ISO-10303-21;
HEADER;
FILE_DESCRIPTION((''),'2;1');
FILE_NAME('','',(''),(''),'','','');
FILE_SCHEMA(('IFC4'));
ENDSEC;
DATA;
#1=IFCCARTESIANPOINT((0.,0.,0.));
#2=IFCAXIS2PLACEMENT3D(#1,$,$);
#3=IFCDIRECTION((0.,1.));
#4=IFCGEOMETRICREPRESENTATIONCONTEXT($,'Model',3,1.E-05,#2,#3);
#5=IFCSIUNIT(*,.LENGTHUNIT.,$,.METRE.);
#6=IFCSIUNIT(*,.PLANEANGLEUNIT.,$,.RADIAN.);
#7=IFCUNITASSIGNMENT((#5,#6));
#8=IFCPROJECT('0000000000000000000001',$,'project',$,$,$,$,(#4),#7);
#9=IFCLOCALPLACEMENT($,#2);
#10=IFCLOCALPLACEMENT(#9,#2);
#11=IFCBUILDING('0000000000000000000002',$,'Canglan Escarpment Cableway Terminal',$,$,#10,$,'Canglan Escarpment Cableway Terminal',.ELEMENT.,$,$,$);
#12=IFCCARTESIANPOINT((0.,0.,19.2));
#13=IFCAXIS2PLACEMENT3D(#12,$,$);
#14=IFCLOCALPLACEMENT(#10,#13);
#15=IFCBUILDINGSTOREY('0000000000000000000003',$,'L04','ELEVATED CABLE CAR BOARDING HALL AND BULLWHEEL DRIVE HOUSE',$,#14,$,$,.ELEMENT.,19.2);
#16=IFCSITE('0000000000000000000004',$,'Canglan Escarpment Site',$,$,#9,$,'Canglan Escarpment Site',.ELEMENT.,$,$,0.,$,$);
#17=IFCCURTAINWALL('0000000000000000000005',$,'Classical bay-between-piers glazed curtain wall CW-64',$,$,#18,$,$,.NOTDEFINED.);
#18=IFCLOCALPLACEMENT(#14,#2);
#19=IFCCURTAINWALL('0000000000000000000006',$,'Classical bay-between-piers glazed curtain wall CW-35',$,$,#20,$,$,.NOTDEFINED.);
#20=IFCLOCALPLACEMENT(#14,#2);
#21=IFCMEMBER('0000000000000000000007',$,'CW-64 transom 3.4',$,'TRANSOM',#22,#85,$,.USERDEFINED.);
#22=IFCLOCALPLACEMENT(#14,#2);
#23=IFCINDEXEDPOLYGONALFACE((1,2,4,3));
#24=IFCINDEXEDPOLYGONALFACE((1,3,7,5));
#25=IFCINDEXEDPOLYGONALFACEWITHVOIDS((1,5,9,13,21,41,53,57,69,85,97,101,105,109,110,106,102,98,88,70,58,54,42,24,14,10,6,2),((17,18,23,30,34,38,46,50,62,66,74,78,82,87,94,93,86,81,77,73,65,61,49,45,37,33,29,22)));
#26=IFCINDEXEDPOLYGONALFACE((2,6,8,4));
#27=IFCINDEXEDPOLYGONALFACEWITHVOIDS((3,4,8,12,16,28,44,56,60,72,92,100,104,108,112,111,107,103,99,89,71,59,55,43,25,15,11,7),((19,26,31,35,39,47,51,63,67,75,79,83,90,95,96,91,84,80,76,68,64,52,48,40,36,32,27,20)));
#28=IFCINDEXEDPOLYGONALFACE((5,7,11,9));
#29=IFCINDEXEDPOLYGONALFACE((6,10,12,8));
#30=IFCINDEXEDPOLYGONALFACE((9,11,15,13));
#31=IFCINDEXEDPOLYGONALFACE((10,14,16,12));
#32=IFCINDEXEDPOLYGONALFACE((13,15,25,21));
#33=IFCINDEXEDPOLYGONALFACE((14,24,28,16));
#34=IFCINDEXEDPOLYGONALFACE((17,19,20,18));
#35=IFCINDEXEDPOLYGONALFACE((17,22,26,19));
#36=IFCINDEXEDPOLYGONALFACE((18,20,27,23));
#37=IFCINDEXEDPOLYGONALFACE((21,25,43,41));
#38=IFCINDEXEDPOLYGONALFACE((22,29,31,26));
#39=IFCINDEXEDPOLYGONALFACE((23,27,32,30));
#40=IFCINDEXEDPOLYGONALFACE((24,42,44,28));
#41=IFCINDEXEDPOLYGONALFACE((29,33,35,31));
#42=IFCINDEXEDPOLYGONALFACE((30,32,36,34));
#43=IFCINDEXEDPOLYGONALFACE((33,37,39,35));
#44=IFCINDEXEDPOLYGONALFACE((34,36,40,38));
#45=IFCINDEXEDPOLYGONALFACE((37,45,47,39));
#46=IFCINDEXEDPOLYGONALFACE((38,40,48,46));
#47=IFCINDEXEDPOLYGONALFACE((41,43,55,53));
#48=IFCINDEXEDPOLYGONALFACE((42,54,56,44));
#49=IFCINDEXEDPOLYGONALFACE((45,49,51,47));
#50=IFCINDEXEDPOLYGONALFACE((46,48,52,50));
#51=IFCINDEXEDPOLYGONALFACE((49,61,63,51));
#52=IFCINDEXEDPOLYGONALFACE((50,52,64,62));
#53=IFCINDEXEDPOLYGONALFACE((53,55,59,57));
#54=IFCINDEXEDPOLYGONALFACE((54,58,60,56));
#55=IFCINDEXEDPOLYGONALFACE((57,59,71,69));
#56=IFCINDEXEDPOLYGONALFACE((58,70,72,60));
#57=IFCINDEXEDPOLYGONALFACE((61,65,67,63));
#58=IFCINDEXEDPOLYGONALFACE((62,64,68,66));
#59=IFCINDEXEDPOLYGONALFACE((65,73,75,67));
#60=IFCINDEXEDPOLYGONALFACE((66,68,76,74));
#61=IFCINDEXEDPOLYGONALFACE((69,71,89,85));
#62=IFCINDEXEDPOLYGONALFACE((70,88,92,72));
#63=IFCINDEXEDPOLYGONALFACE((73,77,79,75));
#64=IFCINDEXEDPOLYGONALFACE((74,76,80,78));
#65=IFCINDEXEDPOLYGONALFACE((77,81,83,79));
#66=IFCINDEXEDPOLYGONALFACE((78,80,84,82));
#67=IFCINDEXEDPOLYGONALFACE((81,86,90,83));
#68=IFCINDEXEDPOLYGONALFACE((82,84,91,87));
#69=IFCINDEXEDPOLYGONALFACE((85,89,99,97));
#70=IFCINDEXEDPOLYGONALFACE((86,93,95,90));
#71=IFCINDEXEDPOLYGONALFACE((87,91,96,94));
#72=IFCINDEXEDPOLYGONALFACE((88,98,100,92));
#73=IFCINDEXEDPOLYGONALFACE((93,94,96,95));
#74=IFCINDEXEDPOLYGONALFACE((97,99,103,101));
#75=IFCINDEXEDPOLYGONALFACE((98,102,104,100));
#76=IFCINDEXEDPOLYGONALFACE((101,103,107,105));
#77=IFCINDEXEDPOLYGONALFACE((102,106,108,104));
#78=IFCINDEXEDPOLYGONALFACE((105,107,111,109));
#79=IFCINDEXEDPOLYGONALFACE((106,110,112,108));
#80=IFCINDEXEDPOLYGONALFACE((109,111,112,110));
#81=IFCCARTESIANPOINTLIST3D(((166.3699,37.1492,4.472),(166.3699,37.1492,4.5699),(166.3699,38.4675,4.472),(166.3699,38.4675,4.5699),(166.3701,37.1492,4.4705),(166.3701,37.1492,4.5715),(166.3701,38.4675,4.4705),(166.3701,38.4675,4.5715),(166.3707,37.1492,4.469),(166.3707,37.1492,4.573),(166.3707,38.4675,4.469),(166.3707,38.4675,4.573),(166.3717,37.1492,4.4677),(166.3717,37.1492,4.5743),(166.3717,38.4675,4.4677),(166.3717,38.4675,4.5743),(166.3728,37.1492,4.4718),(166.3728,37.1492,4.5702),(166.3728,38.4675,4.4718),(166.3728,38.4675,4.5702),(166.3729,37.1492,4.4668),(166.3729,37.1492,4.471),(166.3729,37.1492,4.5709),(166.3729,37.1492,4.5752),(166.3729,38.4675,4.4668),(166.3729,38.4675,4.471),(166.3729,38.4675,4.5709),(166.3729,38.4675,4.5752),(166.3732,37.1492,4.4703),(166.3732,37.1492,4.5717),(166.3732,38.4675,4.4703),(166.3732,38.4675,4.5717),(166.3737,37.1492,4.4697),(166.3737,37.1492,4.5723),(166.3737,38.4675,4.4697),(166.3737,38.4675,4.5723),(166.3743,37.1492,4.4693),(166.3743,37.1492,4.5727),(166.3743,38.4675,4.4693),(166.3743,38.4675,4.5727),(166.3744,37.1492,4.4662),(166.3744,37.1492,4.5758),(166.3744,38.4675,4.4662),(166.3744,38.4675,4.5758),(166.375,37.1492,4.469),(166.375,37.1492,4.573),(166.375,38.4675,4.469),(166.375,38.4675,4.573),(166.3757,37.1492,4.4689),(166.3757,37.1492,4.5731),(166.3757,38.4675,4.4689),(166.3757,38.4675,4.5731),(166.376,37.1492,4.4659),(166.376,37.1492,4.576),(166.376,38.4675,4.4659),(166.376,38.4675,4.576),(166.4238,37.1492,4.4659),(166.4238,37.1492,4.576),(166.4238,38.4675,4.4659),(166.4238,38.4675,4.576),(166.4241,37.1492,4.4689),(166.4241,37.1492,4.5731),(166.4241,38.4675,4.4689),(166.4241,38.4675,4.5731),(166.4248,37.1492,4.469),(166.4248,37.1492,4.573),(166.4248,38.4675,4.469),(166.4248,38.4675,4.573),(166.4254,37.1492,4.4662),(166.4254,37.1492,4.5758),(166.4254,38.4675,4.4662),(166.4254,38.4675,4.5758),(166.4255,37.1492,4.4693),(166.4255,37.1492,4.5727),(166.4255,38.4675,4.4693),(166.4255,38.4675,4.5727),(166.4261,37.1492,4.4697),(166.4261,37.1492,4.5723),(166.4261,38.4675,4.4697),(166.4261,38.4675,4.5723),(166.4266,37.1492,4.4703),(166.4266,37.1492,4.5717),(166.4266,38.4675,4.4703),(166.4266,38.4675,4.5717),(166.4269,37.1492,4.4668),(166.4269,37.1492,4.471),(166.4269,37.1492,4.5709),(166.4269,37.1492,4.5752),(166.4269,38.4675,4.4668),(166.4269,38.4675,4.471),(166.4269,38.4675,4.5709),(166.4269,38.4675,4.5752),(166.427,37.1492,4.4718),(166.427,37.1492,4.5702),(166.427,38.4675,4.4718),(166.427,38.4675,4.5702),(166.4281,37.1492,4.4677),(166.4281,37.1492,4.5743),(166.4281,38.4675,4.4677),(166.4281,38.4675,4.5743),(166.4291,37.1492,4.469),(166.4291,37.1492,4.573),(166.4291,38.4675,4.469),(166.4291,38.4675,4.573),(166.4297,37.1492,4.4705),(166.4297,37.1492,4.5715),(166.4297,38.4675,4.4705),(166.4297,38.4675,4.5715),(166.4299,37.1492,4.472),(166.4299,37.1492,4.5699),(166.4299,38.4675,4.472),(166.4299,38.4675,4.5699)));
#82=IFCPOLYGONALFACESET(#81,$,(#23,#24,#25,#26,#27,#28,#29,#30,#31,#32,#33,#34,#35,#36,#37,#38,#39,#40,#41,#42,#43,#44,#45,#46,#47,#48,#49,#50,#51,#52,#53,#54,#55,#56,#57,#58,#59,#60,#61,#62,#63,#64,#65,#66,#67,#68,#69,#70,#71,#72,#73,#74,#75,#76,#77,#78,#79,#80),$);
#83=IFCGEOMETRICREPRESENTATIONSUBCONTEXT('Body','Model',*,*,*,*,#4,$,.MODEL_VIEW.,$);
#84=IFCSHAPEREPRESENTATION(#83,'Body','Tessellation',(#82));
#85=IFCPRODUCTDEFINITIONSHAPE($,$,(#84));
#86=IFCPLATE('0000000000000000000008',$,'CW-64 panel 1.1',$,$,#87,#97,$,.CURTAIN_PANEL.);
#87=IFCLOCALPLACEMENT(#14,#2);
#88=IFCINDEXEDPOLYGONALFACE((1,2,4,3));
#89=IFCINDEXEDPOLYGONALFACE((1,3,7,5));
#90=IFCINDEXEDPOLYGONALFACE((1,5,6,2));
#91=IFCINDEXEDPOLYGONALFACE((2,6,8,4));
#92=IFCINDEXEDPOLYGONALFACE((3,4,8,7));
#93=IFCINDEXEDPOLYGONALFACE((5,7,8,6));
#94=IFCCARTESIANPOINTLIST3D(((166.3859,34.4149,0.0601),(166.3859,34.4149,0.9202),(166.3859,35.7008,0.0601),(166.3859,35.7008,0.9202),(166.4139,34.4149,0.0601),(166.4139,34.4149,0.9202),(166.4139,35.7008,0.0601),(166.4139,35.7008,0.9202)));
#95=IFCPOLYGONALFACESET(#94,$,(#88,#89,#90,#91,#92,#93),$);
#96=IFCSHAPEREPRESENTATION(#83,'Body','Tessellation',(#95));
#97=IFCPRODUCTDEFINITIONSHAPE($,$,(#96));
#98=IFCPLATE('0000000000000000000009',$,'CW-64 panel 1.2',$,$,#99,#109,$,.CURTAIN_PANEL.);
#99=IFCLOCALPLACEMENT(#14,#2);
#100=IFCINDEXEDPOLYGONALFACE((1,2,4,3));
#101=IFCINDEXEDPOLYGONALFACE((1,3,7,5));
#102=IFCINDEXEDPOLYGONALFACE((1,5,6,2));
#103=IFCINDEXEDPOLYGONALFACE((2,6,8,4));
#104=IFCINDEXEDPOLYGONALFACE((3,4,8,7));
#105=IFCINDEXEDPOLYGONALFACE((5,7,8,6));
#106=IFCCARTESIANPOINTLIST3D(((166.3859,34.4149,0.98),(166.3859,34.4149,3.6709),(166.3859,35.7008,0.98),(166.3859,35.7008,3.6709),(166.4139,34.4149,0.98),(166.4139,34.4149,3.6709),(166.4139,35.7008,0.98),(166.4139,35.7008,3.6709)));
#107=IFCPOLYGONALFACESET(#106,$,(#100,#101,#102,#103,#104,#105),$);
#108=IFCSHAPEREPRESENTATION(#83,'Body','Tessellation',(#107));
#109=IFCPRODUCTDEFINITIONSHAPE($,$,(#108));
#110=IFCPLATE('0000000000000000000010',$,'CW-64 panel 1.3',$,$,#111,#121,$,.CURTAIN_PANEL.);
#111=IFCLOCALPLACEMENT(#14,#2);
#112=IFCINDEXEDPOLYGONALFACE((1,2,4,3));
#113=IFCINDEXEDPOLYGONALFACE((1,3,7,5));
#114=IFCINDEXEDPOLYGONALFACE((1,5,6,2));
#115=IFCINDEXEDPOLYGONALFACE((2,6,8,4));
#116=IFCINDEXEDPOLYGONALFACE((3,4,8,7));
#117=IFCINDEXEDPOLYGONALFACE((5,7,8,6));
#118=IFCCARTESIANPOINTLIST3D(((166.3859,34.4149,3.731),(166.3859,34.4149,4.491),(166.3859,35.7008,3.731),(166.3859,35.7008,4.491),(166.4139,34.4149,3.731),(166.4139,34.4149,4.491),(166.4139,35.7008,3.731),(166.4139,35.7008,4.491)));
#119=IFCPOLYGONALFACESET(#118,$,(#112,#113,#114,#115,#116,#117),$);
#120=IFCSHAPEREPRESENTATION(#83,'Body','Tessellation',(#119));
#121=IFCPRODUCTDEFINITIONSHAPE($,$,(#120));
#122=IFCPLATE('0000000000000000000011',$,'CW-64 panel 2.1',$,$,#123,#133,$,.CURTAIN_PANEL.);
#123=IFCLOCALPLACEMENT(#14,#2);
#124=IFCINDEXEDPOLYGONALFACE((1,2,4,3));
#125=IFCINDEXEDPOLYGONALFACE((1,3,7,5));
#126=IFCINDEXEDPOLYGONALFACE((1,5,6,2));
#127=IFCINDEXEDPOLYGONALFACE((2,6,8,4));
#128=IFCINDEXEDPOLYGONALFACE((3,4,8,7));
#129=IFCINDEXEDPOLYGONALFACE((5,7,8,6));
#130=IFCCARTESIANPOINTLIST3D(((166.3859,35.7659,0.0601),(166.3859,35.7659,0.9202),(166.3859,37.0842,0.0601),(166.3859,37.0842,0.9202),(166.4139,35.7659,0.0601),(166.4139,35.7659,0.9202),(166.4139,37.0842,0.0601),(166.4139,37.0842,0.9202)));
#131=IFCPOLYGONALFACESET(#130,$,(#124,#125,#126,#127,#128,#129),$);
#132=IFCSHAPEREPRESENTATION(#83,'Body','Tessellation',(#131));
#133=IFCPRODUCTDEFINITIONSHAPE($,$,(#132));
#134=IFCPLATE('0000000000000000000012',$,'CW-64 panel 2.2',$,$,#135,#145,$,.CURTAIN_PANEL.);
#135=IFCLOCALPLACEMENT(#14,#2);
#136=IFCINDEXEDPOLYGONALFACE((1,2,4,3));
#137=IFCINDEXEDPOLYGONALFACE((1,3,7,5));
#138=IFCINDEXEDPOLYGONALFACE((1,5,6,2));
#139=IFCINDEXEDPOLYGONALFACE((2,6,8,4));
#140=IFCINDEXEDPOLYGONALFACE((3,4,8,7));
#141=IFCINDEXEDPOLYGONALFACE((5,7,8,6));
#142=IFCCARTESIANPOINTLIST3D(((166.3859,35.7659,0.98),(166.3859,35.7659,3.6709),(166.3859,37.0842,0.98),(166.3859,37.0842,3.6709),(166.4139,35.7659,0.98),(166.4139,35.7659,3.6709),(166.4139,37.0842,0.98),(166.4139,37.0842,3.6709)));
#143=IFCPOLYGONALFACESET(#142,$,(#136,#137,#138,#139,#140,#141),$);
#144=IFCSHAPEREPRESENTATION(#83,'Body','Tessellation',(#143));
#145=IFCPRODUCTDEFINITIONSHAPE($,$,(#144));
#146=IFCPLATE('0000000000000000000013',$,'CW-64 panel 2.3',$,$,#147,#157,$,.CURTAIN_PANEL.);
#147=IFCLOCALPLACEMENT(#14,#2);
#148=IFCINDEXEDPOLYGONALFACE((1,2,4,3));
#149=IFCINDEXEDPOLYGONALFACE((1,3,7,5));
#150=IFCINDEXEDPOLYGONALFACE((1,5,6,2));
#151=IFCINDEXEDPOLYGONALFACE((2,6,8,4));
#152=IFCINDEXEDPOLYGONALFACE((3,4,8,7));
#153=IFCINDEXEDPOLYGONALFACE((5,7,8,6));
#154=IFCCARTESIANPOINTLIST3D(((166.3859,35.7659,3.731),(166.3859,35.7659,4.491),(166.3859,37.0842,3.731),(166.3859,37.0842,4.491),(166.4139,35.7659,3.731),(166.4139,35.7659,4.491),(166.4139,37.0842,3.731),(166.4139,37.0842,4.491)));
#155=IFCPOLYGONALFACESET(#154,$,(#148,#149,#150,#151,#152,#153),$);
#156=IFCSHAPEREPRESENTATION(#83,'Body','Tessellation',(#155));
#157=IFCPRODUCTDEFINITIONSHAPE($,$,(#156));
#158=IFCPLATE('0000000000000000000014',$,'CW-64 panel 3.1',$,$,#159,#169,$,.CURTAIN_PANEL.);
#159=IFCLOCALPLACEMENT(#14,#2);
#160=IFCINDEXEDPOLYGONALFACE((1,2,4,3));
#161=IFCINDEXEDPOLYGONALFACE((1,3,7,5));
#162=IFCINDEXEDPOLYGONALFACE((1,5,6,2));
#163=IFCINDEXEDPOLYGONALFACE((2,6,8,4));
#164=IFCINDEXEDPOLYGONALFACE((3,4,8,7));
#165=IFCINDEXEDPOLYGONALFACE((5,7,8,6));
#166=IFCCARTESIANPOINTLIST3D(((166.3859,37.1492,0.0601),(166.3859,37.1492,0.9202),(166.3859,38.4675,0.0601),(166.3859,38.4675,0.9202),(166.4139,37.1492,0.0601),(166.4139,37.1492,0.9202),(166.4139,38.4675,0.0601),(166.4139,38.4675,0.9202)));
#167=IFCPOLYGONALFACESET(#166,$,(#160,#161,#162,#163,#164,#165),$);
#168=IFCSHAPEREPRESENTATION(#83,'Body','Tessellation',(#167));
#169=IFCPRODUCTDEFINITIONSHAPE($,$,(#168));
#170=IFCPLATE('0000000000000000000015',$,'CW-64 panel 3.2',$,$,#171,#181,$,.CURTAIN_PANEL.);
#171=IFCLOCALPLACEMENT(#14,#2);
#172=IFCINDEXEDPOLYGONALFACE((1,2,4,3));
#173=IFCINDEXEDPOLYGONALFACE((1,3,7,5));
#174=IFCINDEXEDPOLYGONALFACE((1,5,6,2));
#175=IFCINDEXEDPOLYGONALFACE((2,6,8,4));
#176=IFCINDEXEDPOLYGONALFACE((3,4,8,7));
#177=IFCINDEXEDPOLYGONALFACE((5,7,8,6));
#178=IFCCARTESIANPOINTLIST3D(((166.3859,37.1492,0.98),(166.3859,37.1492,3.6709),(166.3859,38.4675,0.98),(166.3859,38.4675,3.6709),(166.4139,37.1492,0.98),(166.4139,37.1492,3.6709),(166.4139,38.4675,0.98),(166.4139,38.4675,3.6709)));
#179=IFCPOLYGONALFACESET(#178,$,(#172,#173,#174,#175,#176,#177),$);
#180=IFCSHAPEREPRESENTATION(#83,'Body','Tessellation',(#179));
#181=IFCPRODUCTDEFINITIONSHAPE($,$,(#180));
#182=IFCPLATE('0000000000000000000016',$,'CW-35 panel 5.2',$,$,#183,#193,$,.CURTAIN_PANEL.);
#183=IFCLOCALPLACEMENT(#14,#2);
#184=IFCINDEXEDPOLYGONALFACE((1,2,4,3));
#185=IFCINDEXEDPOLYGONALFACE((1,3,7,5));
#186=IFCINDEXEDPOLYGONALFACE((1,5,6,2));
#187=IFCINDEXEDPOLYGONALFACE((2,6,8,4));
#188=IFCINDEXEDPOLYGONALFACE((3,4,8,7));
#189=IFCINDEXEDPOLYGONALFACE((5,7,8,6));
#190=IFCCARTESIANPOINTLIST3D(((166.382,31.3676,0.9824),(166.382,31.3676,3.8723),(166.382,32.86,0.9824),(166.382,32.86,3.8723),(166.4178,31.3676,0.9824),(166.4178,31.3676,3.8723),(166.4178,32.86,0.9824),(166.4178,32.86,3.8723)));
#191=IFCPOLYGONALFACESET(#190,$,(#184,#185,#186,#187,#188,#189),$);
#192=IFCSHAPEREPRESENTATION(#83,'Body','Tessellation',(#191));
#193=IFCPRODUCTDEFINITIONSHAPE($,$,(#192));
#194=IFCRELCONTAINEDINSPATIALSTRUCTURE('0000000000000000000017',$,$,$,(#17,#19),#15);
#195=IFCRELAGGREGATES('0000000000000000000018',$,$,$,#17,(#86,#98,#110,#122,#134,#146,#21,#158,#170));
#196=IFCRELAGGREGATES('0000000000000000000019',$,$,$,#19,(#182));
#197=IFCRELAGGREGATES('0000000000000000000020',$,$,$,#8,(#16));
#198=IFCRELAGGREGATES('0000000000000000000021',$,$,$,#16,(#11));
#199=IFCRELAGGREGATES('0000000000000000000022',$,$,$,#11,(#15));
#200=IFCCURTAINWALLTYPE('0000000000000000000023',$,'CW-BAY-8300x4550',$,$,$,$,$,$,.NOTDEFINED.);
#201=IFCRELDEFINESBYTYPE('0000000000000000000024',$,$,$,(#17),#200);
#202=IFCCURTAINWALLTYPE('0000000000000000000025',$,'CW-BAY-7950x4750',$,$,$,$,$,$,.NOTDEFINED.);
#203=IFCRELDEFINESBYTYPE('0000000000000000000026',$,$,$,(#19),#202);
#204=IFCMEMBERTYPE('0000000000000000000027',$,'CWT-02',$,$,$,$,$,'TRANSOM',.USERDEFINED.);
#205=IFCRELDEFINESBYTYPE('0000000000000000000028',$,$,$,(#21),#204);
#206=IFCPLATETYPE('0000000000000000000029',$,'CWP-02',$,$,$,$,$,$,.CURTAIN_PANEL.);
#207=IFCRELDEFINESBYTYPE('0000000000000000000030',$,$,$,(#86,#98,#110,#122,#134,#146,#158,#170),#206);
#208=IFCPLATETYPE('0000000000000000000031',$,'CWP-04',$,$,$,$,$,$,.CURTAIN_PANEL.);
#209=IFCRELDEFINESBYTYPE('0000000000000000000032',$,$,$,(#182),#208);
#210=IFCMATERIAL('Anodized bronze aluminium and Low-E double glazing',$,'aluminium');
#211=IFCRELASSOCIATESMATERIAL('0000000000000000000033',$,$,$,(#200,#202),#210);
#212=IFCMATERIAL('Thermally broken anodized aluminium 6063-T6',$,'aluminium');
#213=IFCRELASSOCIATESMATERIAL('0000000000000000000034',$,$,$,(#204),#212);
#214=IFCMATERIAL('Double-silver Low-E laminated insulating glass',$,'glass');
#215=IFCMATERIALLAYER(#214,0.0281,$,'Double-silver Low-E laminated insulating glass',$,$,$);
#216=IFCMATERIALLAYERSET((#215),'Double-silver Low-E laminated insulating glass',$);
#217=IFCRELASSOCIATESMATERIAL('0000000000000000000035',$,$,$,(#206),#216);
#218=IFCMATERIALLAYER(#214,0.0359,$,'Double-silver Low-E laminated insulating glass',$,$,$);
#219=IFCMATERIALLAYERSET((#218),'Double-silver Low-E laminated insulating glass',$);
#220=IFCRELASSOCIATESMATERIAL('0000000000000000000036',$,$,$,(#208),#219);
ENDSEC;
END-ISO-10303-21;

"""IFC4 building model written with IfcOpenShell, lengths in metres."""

from ifc_helpers import new_model, si_unit, direction, frame, origin, origin_2d, place, context, subcontext, project, spatial, rectangle, hollow_rectangle, extrude, material, layer, layer_set, material_profile, profile_set, type_object, element, aggregate, save


model = new_model("IFC4")

# Units and contexts
model_context = context("Model", 3, precision=1e-05, world=origin(), true_north=direction((0.0, 1.0)))
body_context = subcontext(model_context, "Body", "Model", "MODEL_VIEW")
ifc_project = project(units=[si_unit("LENGTHUNIT", "METRE"), si_unit("PLANEANGLEUNIT", "RADIAN")], contexts=[model_context])

# Site, building, storey
site_placement = place(None, origin())
site = spatial("IfcSite", under=ifc_project, at=site_placement, Name="Canglan Escarpment Site", LongName="Canglan Escarpment Site", CompositionType="ELEMENT", RefElevation=0.0)
building_placement = place(site_placement, origin())
building = spatial("IfcBuilding", under=site, at=building_placement, Name="Canglan Escarpment Cableway Terminal", LongName="Canglan Escarpment Cableway Terminal", CompositionType="ELEMENT")
storey_placement = place(building_placement, frame((0.0, 0.0, 19.2)))
storey = spatial("IfcBuildingStorey", under=building, at=storey_placement, Name="L04", Description="ELEVATED CABLE CAR BOARDING HALL AND BULLWHEEL DRIVE HOUSE", CompositionType="ELEMENT", Elevation=19.2)

# Curtain wall
ifc_material_1 = material(Name="Anodized bronze aluminium and Low-E double glazing", Category="aluminium")
curtain_wall_type_1 = type_object("IfcCurtainWallType", Name="CW-BAY-8300x4550", PredefinedType="NOTDEFINED", material=ifc_material_1)
curtain_wall_1_placement = place(storey_placement, origin())
curtain_wall_1 = element("IfcCurtainWall", 1, at=curtain_wall_1_placement, inside=storey, type_object=curtain_wall_type_1, Name="Classical bay-between-piers glazed curtain wall CW-64", PredefinedType="NOTDEFINED")
ifc_material_2 = material(Name="Thermally broken anodized aluminium 6063-T6", Category="aluminium")

# Curtain wall
curtain_wall_type_2 = type_object("IfcCurtainWallType", Name="CW-BAY-7950x4750", PredefinedType="NOTDEFINED", material=ifc_material_1)
curtain_wall_2_placement = place(storey_placement, origin())
curtain_wall_2 = element("IfcCurtainWall", 2, at=curtain_wall_2_placement, inside=storey, type_object=curtain_wall_type_2, Name="Classical bay-between-piers glazed curtain wall CW-35", PredefinedType="NOTDEFINED")

# Member
ifc_material_profile_1 = material_profile(ifc_material_2, hollow_rectangle(XDim=0.0601, YDim=0.1101, WallThickness=0.0029, InnerFilletRadius=0.0029, OuterFilletRadius=0.0061, at=origin_2d()), Name="ALU-TRAN 60x110x3")
ifc_profile_set_1 = profile_set([ifc_material_profile_1], Name="Thermally broken anodized aluminium 6063-T6")
member_type_1 = type_object("IfcMemberType", Name="CWT-02", ElementType="TRANSOM", PredefinedType="USERDEFINED", material=ifc_profile_set_1)
member_1_placement = place(storey_placement, frame((166.3999, 37.1492, 4.521), z_axis=(0.0, 1.0, 0.0), x_axis=(-1.0, 0.0, 0.0)))
member_1 = element("IfcMember", 3, at=member_1_placement, type_object=member_type_1, Name="CW-64 transom 3.4", ObjectType="TRANSOM", PredefinedType="USERDEFINED", context=body_context, shape_type="SweptSolid", body=[
    extrude(hollow_rectangle(XDim=0.0601, YDim=0.1101, WallThickness=0.0029, InnerFilletRadius=0.0029, OuterFilletRadius=0.0061, at=origin_2d()), origin(), (0.0, 0.0, 1.0), 1.3184),
])

# Plates
ifc_material_3 = material(Name="Double-silver Low-E laminated insulating glass", Category="glass")
ifc_layer_1 = layer(ifc_material_3, 0.0281, Name="Double-silver Low-E laminated insulating glass")
ifc_layer_set_1 = layer_set([ifc_layer_1], Name="Double-silver Low-E laminated insulating glass")
plate_type_1 = type_object("IfcPlateType", Name="CWP-02", PredefinedType="CURTAIN_PANEL", material=ifc_layer_set_1)
plate_1_placement = place(storey_placement, frame((166.3999, 35.0579, 0.0601), z_axis=(0.0, 0.0, 1.0), x_axis=(0.0, 1.0, 0.0)))
plate_1 = element("IfcPlate", 4, at=plate_1_placement, type_object=plate_type_1, Name="CW-64 panel 1.1", PredefinedType="CURTAIN_PANEL", context=body_context, shape_type="SweptSolid", body=[
    extrude(rectangle(XDim=1.2859, YDim=0.0281, at=origin_2d()), origin(), (0.0, 0.0, 1.0), 0.8601),
])
plate_2_placement = place(storey_placement, frame((166.3999, 35.0579, 0.98), z_axis=(0.0, 0.0, 1.0), x_axis=(0.0, 1.0, 0.0)))
plate_2 = element("IfcPlate", 5, at=plate_2_placement, type_object=plate_type_1, Name="CW-64 panel 1.2", PredefinedType="CURTAIN_PANEL", context=body_context, shape_type="SweptSolid", body=[
    extrude(rectangle(XDim=1.2859, YDim=0.0281, at=origin_2d()), origin(), (0.0, 0.0, 1.0), 2.6909),
])
plate_3_placement = place(storey_placement, frame((166.3999, 35.0579, 3.731), z_axis=(0.0, 0.0, 1.0), x_axis=(0.0, 1.0, 0.0)))
plate_3 = element("IfcPlate", 6, at=plate_3_placement, type_object=plate_type_1, Name="CW-64 panel 1.3", PredefinedType="CURTAIN_PANEL", context=body_context, shape_type="SweptSolid", body=[
    extrude(rectangle(XDim=1.2859, YDim=0.0281, at=origin_2d()), origin(), (0.0, 0.0, 1.0), 0.76),
])
plate_4_placement = place(storey_placement, frame((166.3999, 36.425, 0.0601), z_axis=(0.0, 0.0, 1.0), x_axis=(0.0, 1.0, 0.0)))
plate_4 = element("IfcPlate", 7, at=plate_4_placement, type_object=plate_type_1, Name="CW-64 panel 2.1", PredefinedType="CURTAIN_PANEL", context=body_context, shape_type="SweptSolid", body=[
    extrude(rectangle(XDim=1.3184, YDim=0.0281, at=origin_2d()), origin(), (0.0, 0.0, 1.0), 0.8601),
])
plate_5_placement = place(storey_placement, frame((166.3999, 36.425, 0.98), z_axis=(0.0, 0.0, 1.0), x_axis=(0.0, 1.0, 0.0)))
plate_5 = element("IfcPlate", 8, at=plate_5_placement, type_object=plate_type_1, Name="CW-64 panel 2.2", PredefinedType="CURTAIN_PANEL", context=body_context, shape_type="SweptSolid", body=[
    extrude(rectangle(XDim=1.3184, YDim=0.0281, at=origin_2d()), origin(), (0.0, 0.0, 1.0), 2.6909),
])
plate_6_placement = place(storey_placement, frame((166.3999, 36.425, 3.731), z_axis=(0.0, 0.0, 1.0), x_axis=(0.0, 1.0, 0.0)))
plate_6 = element("IfcPlate", 9, at=plate_6_placement, type_object=plate_type_1, Name="CW-64 panel 2.3", PredefinedType="CURTAIN_PANEL", context=body_context, shape_type="SweptSolid", body=[
    extrude(rectangle(XDim=1.3184, YDim=0.0281, at=origin_2d()), origin(), (0.0, 0.0, 1.0), 0.76),
])
plate_7_placement = place(storey_placement, frame((166.3999, 37.8083, 0.0601), z_axis=(0.0, 0.0, 1.0), x_axis=(0.0, 1.0, 0.0)))
plate_7 = element("IfcPlate", 10, at=plate_7_placement, type_object=plate_type_1, Name="CW-64 panel 3.1", PredefinedType="CURTAIN_PANEL", context=body_context, shape_type="SweptSolid", body=[
    extrude(rectangle(XDim=1.3184, YDim=0.0281, at=origin_2d()), origin(), (0.0, 0.0, 1.0), 0.8601),
])
plate_8_placement = place(storey_placement, frame((166.3999, 37.8083, 0.98), z_axis=(0.0, 0.0, 1.0), x_axis=(0.0, 1.0, 0.0)))
plate_8 = element("IfcPlate", 11, at=plate_8_placement, type_object=plate_type_1, Name="CW-64 panel 3.2", PredefinedType="CURTAIN_PANEL", context=body_context, shape_type="SweptSolid", body=[
    extrude(rectangle(XDim=1.3184, YDim=0.0281, at=origin_2d()), origin(), (0.0, 0.0, 1.0), 2.6909),
])
aggregate(curtain_wall_1, [plate_1, plate_2, plate_3, plate_4, plate_5, plate_6, member_1, plate_7, plate_8])
ifc_layer_2 = layer(ifc_material_3, 0.0359, Name="Double-silver Low-E laminated insulating glass")
ifc_layer_set_2 = layer_set([ifc_layer_2], Name="Double-silver Low-E laminated insulating glass")
plate_type_2 = type_object("IfcPlateType", Name="CWP-04", PredefinedType="CURTAIN_PANEL", material=ifc_layer_set_2)
plate_9_placement = place(storey_placement, frame((166.3999, 32.1138, 0.9824), z_axis=(0.0, 0.0, 1.0), x_axis=(0.0, 1.0, 0.0)))
plate_9 = element("IfcPlate", 12, at=plate_9_placement, type_object=plate_type_2, Name="CW-35 panel 5.2", PredefinedType="CURTAIN_PANEL", context=body_context, shape_type="SweptSolid", body=[
    extrude(rectangle(XDim=1.4924, YDim=0.0359, at=origin_2d()), origin(), (0.0, 0.0, 1.0), 2.8899),
])
aggregate(curtain_wall_2, [plate_9])

save(model, "model.ifc")
